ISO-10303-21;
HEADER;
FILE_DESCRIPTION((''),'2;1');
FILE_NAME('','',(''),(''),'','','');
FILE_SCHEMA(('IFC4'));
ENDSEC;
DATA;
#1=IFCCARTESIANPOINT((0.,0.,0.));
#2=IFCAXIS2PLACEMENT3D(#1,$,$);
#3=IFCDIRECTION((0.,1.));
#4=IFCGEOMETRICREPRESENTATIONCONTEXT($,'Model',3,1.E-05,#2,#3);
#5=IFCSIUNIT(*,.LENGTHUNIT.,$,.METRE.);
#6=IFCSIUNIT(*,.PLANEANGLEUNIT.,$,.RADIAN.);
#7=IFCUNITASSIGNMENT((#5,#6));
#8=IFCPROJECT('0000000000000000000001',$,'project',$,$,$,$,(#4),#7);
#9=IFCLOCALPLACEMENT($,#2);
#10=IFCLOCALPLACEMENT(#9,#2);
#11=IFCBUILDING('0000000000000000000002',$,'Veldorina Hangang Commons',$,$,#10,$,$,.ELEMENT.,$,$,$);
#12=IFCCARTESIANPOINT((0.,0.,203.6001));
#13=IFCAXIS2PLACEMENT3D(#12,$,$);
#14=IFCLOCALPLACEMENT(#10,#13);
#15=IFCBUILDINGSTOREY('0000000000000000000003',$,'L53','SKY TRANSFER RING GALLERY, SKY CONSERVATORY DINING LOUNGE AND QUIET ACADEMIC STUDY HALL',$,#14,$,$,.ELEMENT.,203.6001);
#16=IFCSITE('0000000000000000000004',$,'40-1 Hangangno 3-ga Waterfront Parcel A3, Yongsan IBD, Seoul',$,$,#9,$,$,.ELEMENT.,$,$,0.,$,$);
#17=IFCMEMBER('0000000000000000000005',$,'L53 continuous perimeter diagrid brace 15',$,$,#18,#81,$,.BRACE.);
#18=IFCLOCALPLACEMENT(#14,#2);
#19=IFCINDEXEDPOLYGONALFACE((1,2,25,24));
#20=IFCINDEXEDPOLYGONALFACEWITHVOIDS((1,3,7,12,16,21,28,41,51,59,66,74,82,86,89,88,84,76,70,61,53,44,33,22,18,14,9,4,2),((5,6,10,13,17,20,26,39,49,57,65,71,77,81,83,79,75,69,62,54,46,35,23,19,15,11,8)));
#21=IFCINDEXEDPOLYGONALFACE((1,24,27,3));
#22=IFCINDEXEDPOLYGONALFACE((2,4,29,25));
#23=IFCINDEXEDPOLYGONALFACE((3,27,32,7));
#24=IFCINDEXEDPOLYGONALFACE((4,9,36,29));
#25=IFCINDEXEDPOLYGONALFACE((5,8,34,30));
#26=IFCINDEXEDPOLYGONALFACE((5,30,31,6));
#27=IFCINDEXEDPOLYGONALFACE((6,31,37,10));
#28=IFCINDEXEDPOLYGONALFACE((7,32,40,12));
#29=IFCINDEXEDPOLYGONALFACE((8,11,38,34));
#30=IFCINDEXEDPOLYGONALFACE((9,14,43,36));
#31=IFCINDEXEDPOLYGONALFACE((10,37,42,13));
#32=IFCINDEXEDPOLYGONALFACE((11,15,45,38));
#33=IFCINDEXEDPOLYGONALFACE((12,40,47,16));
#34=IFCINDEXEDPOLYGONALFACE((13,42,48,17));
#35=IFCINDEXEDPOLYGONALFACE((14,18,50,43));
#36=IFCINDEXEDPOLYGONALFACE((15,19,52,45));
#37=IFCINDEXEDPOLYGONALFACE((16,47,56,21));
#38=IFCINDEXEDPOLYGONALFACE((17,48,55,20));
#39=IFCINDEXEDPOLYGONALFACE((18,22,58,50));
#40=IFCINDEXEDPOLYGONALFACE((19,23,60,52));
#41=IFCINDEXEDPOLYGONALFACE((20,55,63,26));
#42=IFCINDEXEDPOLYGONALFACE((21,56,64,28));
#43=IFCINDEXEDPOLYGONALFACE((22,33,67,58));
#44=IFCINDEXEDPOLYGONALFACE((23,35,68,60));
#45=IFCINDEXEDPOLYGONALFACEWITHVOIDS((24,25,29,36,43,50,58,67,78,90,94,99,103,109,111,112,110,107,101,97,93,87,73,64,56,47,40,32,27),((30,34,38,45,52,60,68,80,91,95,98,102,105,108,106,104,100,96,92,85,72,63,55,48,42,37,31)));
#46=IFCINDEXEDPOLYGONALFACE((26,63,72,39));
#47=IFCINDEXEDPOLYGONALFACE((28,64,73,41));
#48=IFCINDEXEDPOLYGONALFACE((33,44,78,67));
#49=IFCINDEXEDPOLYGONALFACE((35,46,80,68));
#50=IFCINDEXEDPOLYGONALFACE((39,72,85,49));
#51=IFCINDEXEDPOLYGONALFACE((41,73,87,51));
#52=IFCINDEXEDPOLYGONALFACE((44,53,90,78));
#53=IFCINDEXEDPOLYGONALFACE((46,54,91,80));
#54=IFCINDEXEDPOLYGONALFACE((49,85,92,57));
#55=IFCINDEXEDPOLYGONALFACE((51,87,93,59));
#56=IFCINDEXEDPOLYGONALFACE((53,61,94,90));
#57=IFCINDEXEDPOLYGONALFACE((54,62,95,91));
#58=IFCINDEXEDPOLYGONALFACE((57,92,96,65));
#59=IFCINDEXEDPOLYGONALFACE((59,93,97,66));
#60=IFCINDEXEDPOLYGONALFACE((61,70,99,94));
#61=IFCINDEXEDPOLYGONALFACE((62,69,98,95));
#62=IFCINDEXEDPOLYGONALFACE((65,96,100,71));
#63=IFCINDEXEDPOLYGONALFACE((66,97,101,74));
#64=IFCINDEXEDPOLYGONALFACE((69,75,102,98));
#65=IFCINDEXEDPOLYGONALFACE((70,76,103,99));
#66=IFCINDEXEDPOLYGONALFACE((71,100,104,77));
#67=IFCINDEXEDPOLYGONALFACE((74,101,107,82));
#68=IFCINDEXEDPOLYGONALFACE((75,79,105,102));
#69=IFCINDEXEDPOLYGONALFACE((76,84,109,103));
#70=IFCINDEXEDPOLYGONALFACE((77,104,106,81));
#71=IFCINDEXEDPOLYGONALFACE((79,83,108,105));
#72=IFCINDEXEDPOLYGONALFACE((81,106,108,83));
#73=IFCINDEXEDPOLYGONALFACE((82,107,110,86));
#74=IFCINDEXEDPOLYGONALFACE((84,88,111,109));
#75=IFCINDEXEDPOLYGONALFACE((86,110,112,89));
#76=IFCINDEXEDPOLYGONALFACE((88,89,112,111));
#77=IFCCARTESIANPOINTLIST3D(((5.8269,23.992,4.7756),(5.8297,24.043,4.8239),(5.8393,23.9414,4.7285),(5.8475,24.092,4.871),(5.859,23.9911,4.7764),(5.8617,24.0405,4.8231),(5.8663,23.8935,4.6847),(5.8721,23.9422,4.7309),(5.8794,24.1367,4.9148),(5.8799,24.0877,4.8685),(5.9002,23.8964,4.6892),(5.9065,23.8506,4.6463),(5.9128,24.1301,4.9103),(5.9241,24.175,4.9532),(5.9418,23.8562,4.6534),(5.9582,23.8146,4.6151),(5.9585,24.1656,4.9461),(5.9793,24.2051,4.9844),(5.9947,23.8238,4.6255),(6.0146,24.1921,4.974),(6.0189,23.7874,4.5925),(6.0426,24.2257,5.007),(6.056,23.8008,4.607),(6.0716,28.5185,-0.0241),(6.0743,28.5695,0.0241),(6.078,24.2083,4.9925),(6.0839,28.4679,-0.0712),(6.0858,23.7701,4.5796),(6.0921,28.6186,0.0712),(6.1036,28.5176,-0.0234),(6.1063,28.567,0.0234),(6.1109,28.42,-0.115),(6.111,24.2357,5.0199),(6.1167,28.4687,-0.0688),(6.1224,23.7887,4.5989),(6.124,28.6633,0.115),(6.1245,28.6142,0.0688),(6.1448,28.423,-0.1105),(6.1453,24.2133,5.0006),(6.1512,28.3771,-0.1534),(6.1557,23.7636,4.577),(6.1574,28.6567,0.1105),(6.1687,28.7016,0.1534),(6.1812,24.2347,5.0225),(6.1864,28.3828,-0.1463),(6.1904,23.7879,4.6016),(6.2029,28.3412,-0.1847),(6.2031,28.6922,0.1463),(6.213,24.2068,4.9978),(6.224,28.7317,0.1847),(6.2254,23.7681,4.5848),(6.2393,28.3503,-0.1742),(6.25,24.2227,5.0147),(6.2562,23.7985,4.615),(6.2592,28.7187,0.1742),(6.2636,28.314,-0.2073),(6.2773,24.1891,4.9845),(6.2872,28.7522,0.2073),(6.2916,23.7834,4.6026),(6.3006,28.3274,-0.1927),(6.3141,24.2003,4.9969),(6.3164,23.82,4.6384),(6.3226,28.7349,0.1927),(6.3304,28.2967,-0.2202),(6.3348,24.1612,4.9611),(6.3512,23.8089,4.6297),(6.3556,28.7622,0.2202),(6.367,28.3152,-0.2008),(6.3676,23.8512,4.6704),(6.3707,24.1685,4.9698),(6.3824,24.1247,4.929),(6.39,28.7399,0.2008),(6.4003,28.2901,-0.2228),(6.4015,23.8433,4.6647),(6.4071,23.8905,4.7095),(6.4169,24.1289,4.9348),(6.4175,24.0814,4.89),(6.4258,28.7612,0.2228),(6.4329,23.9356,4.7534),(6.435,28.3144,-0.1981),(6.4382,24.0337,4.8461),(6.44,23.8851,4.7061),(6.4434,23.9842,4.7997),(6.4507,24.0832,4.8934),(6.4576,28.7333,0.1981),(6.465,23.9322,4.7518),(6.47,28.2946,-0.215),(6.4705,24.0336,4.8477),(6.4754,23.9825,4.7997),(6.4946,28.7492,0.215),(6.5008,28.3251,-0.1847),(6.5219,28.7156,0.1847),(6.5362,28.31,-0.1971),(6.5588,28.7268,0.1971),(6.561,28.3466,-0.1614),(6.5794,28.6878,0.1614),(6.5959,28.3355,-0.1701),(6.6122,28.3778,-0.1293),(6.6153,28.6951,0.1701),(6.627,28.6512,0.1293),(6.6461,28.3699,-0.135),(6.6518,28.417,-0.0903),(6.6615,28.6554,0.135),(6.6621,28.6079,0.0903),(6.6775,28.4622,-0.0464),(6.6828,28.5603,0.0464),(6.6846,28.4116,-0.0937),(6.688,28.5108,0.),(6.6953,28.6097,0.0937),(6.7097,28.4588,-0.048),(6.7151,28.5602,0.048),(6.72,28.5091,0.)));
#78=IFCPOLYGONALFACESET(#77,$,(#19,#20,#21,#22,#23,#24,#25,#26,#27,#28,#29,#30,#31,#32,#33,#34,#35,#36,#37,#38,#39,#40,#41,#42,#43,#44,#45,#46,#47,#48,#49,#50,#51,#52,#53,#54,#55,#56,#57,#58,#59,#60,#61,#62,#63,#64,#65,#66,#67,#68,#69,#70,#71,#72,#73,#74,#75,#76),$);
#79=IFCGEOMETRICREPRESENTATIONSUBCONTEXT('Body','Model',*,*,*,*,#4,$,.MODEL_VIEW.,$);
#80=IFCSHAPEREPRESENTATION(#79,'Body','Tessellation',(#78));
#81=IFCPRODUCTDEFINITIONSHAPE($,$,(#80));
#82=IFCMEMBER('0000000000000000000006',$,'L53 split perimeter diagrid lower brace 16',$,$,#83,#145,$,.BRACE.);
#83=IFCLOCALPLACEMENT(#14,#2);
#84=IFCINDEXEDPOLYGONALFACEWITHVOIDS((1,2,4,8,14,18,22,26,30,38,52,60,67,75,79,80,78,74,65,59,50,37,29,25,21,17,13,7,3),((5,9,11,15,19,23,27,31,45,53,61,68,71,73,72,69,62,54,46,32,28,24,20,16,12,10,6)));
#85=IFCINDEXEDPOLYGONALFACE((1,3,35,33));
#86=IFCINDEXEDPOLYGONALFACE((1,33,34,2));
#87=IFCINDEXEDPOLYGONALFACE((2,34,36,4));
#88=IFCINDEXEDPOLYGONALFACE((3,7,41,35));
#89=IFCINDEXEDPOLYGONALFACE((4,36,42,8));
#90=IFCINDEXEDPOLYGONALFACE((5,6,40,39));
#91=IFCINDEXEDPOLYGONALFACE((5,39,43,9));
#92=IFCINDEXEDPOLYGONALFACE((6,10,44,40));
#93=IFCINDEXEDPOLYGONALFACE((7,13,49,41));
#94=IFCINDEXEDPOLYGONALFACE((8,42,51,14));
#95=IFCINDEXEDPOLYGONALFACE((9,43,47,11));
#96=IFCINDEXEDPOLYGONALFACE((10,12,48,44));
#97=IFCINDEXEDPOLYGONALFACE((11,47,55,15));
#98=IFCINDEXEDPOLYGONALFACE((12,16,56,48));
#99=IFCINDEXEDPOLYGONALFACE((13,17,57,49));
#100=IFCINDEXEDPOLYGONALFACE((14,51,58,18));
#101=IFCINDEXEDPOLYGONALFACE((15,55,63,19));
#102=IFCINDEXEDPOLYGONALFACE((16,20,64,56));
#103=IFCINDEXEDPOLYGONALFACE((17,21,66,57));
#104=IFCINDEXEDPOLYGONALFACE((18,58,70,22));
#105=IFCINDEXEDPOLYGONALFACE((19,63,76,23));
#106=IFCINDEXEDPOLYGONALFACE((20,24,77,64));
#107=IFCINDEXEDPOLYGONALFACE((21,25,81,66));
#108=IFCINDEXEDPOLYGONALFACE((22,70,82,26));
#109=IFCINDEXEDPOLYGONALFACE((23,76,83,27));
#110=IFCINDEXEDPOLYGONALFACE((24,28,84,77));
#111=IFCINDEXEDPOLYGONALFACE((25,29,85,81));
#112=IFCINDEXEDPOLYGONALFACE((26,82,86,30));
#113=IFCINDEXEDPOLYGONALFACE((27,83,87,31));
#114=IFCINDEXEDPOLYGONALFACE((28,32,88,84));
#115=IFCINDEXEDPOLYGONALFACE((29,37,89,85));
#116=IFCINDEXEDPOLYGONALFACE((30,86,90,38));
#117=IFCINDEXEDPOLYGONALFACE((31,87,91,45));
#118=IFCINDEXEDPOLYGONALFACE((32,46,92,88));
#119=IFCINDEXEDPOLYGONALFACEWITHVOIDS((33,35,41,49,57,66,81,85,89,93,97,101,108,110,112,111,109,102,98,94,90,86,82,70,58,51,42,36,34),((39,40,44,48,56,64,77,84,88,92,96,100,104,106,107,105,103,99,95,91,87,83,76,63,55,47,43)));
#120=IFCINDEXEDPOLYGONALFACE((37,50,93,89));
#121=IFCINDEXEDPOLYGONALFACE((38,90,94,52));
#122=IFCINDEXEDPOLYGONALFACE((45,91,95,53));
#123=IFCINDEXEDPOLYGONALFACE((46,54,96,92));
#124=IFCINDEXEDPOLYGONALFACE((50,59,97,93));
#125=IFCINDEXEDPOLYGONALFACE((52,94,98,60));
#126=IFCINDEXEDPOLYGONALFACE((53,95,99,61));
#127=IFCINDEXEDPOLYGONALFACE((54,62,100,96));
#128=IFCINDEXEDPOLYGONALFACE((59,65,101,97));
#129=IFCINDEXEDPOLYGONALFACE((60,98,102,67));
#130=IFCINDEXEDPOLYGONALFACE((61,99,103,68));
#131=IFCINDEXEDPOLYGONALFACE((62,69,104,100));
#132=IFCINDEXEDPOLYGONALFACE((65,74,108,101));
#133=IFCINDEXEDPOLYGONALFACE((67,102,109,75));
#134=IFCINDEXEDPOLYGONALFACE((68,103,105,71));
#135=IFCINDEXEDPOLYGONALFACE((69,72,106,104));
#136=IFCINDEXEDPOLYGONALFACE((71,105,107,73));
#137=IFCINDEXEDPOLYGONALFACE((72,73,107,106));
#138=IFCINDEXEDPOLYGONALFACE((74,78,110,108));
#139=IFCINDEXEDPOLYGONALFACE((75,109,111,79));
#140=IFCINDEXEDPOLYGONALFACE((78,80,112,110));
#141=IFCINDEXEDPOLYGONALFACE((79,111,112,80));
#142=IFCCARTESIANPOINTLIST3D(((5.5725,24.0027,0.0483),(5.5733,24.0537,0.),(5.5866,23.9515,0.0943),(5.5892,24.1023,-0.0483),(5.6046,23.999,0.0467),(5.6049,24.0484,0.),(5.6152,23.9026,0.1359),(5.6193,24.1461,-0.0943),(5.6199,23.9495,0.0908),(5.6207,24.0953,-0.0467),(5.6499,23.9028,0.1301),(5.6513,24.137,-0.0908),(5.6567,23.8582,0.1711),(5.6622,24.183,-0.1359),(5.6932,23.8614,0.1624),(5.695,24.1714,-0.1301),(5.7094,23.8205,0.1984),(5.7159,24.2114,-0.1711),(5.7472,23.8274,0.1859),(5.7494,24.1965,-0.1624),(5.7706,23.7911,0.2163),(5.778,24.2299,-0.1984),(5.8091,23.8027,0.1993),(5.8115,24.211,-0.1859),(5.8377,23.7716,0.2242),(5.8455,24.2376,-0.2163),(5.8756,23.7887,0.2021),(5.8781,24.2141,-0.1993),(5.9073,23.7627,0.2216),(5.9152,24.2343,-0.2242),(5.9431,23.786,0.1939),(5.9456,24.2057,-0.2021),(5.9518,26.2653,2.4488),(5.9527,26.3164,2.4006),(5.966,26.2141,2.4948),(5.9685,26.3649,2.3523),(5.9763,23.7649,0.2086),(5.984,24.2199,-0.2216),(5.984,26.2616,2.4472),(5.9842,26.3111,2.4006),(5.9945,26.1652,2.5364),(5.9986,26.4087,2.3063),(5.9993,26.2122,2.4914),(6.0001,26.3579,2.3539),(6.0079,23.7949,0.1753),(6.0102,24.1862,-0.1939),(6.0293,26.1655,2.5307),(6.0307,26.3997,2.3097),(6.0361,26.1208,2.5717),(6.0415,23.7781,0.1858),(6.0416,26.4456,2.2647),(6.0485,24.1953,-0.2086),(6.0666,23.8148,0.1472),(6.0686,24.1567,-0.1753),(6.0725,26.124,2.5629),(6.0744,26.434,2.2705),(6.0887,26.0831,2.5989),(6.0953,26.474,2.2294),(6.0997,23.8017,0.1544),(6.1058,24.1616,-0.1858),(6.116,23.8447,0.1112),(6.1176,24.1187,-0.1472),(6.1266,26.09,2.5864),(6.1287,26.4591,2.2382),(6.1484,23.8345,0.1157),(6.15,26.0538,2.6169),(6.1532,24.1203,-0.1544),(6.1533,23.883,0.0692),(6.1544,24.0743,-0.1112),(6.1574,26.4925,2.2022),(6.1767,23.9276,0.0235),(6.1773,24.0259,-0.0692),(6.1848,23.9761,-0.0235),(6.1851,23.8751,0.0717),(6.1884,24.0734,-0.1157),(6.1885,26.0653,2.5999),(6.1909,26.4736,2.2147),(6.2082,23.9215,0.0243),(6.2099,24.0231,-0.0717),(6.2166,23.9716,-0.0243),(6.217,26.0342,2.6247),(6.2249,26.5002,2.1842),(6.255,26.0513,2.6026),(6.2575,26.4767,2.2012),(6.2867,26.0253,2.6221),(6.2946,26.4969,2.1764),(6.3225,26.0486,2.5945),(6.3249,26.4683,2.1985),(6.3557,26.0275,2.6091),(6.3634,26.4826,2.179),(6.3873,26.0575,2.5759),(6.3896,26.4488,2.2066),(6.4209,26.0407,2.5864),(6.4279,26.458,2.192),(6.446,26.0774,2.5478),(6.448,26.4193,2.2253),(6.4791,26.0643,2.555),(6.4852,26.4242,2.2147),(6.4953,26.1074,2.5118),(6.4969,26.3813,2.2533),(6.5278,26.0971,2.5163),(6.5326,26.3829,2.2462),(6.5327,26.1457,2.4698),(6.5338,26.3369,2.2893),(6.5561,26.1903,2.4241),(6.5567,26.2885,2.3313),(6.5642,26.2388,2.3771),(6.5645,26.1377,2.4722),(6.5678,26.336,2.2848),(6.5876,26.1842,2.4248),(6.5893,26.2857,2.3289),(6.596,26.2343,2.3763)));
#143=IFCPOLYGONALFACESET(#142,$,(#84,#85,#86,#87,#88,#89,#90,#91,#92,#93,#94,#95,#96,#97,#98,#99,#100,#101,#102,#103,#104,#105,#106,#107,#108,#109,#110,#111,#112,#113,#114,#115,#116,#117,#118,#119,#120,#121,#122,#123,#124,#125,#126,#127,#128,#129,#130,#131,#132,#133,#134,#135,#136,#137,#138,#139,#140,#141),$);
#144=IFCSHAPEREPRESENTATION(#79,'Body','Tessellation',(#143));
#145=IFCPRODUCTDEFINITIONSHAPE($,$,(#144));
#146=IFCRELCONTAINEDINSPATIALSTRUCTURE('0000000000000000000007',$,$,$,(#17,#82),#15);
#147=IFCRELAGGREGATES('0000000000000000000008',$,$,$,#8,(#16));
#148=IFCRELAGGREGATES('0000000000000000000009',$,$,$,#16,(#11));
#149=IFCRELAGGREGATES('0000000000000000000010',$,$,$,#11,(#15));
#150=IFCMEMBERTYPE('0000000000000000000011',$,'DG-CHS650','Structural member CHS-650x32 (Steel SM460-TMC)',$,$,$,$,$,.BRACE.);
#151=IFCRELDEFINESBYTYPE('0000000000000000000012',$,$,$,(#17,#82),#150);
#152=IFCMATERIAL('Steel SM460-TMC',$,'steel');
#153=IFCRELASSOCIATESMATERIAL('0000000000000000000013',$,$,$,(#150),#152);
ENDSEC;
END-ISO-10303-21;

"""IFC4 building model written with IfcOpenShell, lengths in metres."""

from ifc_helpers import new_model, si_unit, direction, frame, origin, origin_2d, place, context, subcontext, project, spatial, hollow_circle, extrude, material, material_profile, profile_set, type_object, element, save


model = new_model("IFC4")

# Units and contexts
model_context = context("Model", 3, precision=1e-05, world=origin(), true_north=direction((0.0, 1.0)))
body_context = subcontext(model_context, "Body", "Model", "MODEL_VIEW")
ifc_project = project(units=[si_unit("LENGTHUNIT", "METRE"), si_unit("PLANEANGLEUNIT", "RADIAN")], contexts=[model_context])

# Site, building, storey
site_placement = place(None, origin())
site = spatial("IfcSite", under=ifc_project, at=site_placement, Name="40-1 Hangangno 3-ga Waterfront Parcel A3, Yongsan IBD, Seoul", CompositionType="ELEMENT", RefElevation=0.0)
building_placement = place(site_placement, origin())
building = spatial("IfcBuilding", under=site, at=building_placement, Name="Veldorina Hangang Commons", CompositionType="ELEMENT")
storey_placement = place(building_placement, frame((0.0, 0.0, 203.6001)))
storey = spatial("IfcBuildingStorey", under=building, at=storey_placement, Name="L53", Description="SKY TRANSFER RING GALLERY, SKY CONSERVATORY DINING LOUNGE AND QUIET ACADEMIC STUDY HALL", CompositionType="ELEMENT", Elevation=203.6001)

# Members
ifc_material_1 = material(Name="Steel SM460-TMC", Category="steel")
ifc_material_profile_1 = material_profile(ifc_material_1, hollow_circle(Radius=0.325, WallThickness=0.032, at=origin_2d()), Name="CHS-650x32")
ifc_profile_set_1 = profile_set([ifc_material_profile_1], Name="Steel SM460-TMC")
member_type_1 = type_object("IfcMemberType", Name="DG-CHS650", Description="Structural member CHS-650x32 (Steel SM460-TMC)", PredefinedType="BRACE", material=ifc_profile_set_1)
member_1_placement = place(storey_placement, frame((6.3955, 28.5266, 0.0), z_axis=(-0.037053, -0.685628, 0.727008), x_axis=(0.998543, -0.053964, 0.0)))
element("IfcMember", 1, at=member_1_placement, inside=storey, type_object=member_type_1, Name="L53 continuous perimeter diagrid brace 15", PredefinedType="BRACE", context=body_context, shape_type="SweptSolid", body=[
    extrude(hollow_circle(Radius=0.325, WallThickness=0.032, at=origin_2d()), origin(), (0.0, 0.0, 1.0), 6.6021),
])
member_2_placement = place(storey_placement, frame((5.8938, 24.0, 0.0), z_axis=(0.114253, 0.681399, 0.722939), x_axis=(-0.986232, 0.165365, 0.0)))
element("IfcMember", 2, at=member_2_placement, inside=storey, type_object=member_type_1, Name="L53 split perimeter diagrid lower brace 16", PredefinedType="BRACE", context=body_context, shape_type="SweptSolid", body=[
    extrude(hollow_circle(Radius=0.325, WallThickness=0.032, at=origin_2d()), origin(), (0.0, 0.0, 1.0), 3.3206),
])

save(model, "model.ifc")
